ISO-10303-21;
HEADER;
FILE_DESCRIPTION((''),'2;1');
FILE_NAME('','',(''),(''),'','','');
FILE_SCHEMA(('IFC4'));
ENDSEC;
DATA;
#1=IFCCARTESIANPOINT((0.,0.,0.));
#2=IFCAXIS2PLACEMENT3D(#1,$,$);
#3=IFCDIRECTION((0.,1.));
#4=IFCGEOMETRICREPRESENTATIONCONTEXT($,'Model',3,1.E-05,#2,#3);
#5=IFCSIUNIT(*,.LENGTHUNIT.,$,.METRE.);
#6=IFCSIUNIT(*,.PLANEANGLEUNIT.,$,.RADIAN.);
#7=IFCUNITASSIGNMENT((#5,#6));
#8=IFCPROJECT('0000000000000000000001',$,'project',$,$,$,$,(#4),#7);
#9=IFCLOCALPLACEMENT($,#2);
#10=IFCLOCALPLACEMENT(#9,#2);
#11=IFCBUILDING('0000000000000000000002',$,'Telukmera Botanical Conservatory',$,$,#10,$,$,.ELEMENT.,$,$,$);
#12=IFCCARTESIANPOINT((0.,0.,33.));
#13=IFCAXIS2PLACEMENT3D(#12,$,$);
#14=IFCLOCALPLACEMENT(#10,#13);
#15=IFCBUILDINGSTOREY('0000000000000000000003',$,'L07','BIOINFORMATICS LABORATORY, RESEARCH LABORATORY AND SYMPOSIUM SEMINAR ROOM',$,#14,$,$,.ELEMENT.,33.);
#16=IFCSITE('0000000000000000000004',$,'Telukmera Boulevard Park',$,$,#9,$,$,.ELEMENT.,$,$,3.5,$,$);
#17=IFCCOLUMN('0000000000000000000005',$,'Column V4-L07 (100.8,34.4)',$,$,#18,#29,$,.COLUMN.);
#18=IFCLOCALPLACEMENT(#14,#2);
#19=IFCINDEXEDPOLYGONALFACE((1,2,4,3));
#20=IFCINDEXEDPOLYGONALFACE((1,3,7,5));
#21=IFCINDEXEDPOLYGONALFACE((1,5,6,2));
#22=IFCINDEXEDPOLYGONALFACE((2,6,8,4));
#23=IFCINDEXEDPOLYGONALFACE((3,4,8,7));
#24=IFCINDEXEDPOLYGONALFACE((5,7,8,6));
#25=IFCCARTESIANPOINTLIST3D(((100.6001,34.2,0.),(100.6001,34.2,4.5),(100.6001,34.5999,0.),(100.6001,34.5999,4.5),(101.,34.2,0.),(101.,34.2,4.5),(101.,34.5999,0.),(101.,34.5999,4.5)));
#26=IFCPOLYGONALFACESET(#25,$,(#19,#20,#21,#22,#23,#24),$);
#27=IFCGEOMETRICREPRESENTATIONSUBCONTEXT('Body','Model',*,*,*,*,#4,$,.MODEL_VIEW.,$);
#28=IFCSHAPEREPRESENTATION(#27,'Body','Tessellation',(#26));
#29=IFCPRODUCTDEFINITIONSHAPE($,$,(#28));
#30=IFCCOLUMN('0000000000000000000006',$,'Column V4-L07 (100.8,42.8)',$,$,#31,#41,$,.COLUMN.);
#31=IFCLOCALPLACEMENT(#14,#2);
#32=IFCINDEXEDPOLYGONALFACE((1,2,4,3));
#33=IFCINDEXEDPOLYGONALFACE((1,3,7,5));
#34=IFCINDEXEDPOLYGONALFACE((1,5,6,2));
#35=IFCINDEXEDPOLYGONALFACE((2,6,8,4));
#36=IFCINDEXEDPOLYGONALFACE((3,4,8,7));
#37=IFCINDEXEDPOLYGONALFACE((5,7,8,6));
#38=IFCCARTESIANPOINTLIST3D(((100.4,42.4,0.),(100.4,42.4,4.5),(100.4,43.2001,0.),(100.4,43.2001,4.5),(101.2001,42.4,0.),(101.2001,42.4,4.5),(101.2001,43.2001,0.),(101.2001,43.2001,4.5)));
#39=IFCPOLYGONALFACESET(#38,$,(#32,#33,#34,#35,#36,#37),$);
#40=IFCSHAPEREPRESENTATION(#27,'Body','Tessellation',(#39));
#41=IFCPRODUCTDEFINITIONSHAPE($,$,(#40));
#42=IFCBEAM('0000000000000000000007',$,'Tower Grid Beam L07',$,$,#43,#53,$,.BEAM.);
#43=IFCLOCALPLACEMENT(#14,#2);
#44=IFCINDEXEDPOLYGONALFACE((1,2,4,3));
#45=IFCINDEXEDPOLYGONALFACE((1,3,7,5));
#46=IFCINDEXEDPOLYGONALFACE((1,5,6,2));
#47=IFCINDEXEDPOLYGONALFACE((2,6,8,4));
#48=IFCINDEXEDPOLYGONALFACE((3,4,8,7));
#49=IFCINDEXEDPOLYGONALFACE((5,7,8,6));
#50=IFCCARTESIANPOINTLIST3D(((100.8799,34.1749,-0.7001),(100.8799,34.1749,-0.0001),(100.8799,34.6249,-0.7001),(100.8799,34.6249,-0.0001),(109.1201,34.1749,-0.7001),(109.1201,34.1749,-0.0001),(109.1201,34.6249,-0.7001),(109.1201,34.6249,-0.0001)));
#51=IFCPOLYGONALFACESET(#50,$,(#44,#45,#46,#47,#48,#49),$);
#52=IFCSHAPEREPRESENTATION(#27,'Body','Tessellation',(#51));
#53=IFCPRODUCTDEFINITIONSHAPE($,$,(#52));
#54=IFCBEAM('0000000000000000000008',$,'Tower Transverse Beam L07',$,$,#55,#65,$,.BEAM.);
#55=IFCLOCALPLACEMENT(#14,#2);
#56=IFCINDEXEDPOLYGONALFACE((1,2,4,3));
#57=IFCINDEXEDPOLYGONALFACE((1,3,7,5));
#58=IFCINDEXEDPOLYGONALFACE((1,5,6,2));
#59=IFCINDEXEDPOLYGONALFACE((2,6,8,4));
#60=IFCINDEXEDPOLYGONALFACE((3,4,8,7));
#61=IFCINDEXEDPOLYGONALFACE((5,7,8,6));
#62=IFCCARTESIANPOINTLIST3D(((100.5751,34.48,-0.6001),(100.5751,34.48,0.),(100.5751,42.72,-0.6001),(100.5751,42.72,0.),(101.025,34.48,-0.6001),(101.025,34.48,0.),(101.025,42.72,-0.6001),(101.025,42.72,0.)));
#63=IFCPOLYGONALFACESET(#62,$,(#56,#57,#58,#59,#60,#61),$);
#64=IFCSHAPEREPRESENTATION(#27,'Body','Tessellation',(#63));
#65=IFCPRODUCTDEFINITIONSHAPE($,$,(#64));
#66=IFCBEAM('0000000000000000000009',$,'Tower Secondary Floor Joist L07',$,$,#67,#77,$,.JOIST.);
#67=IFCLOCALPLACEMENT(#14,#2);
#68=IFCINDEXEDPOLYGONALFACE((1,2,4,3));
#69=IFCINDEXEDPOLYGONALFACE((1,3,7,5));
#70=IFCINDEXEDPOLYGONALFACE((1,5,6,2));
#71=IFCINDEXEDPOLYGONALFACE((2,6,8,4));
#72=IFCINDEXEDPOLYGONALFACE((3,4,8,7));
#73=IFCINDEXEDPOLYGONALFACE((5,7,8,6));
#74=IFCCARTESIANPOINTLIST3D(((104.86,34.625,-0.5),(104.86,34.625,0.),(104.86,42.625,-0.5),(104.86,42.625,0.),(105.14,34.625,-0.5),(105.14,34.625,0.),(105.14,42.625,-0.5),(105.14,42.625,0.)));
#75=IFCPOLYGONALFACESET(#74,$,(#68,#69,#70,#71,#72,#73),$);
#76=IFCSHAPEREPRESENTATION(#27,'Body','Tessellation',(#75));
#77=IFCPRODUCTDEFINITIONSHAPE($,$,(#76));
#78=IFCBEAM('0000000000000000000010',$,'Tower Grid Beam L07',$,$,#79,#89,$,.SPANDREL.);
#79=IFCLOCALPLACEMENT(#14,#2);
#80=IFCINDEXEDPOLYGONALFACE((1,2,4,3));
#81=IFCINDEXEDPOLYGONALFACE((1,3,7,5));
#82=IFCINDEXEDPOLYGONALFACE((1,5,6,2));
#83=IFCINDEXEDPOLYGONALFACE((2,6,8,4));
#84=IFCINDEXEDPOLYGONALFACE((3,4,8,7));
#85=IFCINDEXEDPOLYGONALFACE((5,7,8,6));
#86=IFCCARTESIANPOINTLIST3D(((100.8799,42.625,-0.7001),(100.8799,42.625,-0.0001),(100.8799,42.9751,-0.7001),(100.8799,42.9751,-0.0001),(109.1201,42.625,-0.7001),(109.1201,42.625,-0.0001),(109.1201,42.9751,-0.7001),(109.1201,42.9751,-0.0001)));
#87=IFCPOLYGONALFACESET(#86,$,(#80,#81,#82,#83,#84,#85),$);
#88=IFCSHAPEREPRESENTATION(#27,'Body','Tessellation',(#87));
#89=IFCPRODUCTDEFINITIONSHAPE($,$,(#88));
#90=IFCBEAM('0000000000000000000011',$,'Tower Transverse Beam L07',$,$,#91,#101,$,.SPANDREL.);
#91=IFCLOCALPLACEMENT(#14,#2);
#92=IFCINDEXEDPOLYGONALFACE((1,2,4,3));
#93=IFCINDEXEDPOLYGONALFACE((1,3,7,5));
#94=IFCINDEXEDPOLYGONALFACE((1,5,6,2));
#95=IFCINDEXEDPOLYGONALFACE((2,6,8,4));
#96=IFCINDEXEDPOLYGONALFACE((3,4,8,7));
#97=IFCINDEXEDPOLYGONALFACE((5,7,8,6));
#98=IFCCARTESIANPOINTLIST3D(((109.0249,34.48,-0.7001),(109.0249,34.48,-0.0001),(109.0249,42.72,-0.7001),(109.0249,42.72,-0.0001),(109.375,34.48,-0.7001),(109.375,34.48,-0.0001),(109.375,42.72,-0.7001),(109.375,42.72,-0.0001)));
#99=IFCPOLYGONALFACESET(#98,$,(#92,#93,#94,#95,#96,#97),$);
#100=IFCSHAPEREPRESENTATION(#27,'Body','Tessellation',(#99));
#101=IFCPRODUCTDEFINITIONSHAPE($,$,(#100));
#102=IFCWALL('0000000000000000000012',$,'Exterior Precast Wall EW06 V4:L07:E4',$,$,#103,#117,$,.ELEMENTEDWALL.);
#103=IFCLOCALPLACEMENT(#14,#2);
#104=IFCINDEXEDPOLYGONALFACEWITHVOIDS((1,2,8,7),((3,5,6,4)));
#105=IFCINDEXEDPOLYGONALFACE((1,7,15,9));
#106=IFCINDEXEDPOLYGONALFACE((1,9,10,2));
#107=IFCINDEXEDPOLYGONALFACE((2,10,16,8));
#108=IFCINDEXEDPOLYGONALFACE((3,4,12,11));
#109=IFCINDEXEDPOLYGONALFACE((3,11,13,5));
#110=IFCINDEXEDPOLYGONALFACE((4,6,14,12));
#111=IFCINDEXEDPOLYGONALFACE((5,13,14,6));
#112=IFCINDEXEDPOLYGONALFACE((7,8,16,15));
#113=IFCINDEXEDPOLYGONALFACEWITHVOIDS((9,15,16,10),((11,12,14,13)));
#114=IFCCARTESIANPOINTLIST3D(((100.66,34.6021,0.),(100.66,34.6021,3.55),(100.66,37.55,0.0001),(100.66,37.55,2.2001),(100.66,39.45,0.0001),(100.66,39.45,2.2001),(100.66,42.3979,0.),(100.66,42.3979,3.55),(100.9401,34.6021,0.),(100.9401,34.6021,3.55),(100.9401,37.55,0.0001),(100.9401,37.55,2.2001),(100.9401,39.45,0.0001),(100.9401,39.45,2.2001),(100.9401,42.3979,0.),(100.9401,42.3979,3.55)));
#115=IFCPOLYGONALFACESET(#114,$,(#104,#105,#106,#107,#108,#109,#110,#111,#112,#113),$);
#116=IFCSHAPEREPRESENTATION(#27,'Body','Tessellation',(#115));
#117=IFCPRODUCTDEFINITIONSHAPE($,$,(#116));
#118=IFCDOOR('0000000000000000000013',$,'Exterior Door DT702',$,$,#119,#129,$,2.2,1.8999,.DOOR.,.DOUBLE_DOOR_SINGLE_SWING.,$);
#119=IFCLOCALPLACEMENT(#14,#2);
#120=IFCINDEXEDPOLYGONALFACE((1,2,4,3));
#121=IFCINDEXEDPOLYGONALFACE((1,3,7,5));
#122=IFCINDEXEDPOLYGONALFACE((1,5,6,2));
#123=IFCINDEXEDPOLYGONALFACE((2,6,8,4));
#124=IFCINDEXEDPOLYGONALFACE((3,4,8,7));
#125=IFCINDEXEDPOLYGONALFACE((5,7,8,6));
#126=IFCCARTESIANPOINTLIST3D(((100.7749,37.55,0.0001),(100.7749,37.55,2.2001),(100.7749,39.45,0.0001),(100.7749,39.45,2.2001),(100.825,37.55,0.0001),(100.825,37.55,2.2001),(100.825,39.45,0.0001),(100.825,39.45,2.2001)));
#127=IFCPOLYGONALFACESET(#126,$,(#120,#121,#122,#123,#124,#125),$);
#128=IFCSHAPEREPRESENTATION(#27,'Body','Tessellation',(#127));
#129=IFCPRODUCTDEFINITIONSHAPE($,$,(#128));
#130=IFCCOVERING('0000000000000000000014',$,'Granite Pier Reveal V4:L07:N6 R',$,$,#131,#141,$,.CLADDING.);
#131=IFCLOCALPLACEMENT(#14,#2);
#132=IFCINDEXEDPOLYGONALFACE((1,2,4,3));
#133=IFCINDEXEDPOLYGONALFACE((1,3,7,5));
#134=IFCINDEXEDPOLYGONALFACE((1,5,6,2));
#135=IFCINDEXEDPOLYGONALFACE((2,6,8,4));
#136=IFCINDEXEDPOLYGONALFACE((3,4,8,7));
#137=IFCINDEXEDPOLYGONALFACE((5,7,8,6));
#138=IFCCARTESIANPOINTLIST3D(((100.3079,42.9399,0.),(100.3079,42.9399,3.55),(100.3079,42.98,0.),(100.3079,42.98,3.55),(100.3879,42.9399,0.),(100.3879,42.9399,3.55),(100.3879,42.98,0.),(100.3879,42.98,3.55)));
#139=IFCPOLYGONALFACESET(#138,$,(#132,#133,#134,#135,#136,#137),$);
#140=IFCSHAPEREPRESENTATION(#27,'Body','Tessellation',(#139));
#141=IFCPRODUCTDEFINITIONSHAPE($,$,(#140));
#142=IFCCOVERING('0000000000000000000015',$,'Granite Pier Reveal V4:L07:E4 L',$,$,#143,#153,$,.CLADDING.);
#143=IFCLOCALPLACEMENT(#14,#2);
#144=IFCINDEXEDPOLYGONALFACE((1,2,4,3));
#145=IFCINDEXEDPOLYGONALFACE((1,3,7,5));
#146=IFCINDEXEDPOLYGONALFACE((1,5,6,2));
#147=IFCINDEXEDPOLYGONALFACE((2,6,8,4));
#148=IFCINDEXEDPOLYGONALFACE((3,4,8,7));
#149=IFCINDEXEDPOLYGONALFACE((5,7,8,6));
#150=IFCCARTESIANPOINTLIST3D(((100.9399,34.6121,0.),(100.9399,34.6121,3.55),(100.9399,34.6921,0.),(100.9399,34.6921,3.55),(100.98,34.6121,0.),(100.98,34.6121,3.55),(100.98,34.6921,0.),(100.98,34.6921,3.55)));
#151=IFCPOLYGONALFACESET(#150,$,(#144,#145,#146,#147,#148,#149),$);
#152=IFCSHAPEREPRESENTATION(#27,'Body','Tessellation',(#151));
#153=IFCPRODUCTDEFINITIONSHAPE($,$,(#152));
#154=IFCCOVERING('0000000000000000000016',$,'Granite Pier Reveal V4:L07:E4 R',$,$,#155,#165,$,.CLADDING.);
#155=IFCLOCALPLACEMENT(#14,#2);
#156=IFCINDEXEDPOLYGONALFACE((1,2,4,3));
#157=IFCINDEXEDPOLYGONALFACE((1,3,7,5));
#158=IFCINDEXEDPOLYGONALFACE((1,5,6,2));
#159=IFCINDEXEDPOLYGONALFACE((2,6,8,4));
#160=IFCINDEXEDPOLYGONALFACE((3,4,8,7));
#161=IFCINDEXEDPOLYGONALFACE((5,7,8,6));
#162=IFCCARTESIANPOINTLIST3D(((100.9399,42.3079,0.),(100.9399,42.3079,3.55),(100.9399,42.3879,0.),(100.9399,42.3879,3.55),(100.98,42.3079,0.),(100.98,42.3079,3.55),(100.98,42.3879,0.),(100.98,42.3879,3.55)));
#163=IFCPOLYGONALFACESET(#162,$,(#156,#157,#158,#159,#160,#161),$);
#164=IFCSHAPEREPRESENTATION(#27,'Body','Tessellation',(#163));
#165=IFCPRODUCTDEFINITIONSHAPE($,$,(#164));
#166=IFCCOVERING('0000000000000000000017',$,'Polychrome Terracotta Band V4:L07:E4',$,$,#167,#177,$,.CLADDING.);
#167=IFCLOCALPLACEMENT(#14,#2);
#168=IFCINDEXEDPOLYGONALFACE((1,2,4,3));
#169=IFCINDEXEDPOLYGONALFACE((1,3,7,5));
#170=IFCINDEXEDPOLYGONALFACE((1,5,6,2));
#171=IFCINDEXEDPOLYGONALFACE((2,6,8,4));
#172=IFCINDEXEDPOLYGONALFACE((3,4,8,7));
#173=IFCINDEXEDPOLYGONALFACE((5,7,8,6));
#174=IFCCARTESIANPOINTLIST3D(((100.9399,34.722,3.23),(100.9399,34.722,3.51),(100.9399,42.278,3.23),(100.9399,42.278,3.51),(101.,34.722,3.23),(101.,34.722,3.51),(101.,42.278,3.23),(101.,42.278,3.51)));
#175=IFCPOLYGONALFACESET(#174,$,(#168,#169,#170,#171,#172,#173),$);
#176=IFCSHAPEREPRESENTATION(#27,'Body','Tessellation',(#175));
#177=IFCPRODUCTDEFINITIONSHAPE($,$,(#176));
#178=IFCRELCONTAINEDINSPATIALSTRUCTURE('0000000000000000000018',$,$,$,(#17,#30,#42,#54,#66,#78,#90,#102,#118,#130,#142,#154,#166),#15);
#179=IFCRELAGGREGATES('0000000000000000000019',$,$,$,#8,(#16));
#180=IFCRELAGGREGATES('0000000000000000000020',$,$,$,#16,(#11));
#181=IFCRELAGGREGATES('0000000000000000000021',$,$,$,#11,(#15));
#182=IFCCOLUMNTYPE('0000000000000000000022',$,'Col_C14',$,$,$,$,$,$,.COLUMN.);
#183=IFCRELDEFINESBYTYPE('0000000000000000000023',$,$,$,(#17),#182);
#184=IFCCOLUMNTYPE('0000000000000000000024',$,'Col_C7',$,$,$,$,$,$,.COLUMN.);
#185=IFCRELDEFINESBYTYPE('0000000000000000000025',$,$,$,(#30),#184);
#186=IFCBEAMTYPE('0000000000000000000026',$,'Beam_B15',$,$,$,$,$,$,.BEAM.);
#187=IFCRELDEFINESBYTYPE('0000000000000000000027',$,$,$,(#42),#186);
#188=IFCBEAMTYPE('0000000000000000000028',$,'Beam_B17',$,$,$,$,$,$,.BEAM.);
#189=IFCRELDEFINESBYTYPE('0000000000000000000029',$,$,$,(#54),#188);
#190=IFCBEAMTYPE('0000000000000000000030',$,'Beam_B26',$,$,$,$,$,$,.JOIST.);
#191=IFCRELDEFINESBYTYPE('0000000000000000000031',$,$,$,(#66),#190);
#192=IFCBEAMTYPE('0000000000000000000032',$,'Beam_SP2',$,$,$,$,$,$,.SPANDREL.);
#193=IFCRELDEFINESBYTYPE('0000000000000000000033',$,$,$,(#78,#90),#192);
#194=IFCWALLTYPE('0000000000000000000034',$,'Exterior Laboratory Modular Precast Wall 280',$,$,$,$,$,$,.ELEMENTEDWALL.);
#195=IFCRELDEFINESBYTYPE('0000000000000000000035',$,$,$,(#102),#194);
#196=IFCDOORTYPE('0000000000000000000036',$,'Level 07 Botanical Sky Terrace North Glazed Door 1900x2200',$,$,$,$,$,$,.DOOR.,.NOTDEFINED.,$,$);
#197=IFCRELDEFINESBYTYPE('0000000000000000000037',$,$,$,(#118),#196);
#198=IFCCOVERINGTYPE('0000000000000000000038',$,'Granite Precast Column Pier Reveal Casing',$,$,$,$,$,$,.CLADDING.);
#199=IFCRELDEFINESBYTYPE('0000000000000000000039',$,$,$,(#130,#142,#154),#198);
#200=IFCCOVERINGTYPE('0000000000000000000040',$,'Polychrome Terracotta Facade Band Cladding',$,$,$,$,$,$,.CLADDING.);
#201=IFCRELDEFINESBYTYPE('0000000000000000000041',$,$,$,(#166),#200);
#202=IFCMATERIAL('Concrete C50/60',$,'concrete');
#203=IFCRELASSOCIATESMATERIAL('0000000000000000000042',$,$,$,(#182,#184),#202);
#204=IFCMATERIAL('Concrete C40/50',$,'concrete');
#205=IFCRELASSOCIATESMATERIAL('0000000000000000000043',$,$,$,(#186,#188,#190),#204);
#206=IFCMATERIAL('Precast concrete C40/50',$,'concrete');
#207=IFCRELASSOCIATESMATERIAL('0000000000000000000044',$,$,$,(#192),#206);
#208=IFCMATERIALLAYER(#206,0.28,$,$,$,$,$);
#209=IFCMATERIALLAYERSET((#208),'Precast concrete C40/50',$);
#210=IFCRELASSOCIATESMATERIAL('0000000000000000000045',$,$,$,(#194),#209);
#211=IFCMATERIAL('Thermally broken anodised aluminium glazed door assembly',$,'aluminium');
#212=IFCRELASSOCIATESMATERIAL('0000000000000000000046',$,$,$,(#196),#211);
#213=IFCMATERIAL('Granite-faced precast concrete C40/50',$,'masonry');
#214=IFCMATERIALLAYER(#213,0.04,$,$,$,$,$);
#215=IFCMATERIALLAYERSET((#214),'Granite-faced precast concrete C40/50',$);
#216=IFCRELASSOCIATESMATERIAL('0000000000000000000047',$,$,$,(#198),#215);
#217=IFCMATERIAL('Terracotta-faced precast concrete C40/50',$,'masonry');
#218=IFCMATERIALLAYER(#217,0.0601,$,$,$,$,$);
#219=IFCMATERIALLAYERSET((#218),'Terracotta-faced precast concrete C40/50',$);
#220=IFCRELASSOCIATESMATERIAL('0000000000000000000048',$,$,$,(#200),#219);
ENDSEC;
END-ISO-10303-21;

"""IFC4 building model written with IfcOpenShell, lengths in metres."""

from ifc_helpers import new_model, si_unit, direction, frame, frame_2d, origin, origin_2d, place, context, subcontext, project, spatial, rectangle, extrude, material, layer, layer_set, material_profile, profile_set, type_object, element, fill, save


model = new_model("IFC4")

# Units and contexts
model_context = context("Model", 3, precision=1e-05, world=origin(), true_north=direction((0.0, 1.0)))
body_context = subcontext(model_context, "Body", "Model", "MODEL_VIEW")
ifc_project = project(units=[si_unit("LENGTHUNIT", "METRE"), si_unit("PLANEANGLEUNIT", "RADIAN")], contexts=[model_context])

# Site, building, storey
site_placement = place(None, origin())
site = spatial("IfcSite", under=ifc_project, at=site_placement, Name="Telukmera Boulevard Park", CompositionType="ELEMENT", RefElevation=3.5)
building_placement = place(site_placement, origin())
building = spatial("IfcBuilding", under=site, at=building_placement, Name="Telukmera Botanical Conservatory", CompositionType="ELEMENT")
storey_placement = place(building_placement, frame((0.0, 0.0, 33.0)))
storey = spatial("IfcBuildingStorey", under=building, at=storey_placement, Name="L07", Description="BIOINFORMATICS LABORATORY, RESEARCH LABORATORY AND SYMPOSIUM SEMINAR ROOM", CompositionType="ELEMENT", Elevation=33.0)

# Columns
ifc_material_1 = material(Name="Concrete C50/60", Category="concrete")
ifc_material_profile_1 = material_profile(ifc_material_1, rectangle(XDim=0.3999, YDim=0.3999, at=origin_2d()), Name="RC 400x400")
ifc_profile_set_1 = profile_set([ifc_material_profile_1], Name="Concrete C50/60")
column_type_1 = type_object("IfcColumnType", Name="Col_C14", PredefinedType="COLUMN", material=ifc_profile_set_1)
column_1_placement = place(storey_placement, frame((100.8, 34.3999, 0.0), z_axis=(0.0, 0.0, 1.0), x_axis=(1.0, 0.0, 0.0)))
element("IfcColumn", 1, at=column_1_placement, inside=storey, type_object=column_type_1, Name="Column V4-L07 (100.8,34.4)", PredefinedType="COLUMN", context=body_context, shape_type="SweptSolid", body=[
    extrude(rectangle(XDim=0.3999, YDim=0.3999, at=origin_2d()), origin(), (0.0, 0.0, 1.0), 4.5),
])
ifc_material_profile_2 = material_profile(ifc_material_1, rectangle(XDim=0.8, YDim=0.8, at=origin_2d()), Name="RC 800x800")
ifc_profile_set_2 = profile_set([ifc_material_profile_2], Name="Concrete C50/60")
column_type_2 = type_object("IfcColumnType", Name="Col_C7", PredefinedType="COLUMN", material=ifc_profile_set_2)
column_2_placement = place(storey_placement, frame((100.8, 42.8, 0.0), z_axis=(0.0, 0.0, 1.0), x_axis=(1.0, 0.0, 0.0)))
element("IfcColumn", 2, at=column_2_placement, inside=storey, type_object=column_type_2, Name="Column V4-L07 (100.8,42.8)", PredefinedType="COLUMN", context=body_context, shape_type="SweptSolid", body=[
    extrude(rectangle(XDim=0.8, YDim=0.8, at=origin_2d()), origin(), (0.0, 0.0, 1.0), 4.5),
])

# Beams
ifc_material_2 = material(Name="Concrete C40/50", Category="concrete")
ifc_material_profile_3 = material_profile(ifc_material_2, rectangle(XDim=0.45, YDim=0.7, at=origin_2d()), Name="RC 450x700")
ifc_profile_set_3 = profile_set([ifc_material_profile_3], Name="Concrete C40/50")
beam_type_1 = type_object("IfcBeamType", Name="Beam_B15", PredefinedType="BEAM", material=ifc_profile_set_3)
beam_1_placement = place(storey_placement, frame((100.8799, 34.3999, -0.3501), z_axis=(1.0, 0.0, 0.0), x_axis=(0.0, 1.0, 0.0)))
element("IfcBeam", 3, at=beam_1_placement, inside=storey, type_object=beam_type_1, Name="Tower Grid Beam L07", PredefinedType="BEAM", context=body_context, shape_type="SweptSolid", body=[
    extrude(rectangle(XDim=0.45, YDim=0.7, at=origin_2d()), origin(), (0.0, 0.0, 1.0), 8.2402),
])
ifc_material_profile_4 = material_profile(ifc_material_2, rectangle(XDim=0.45, YDim=0.6001, at=origin_2d()), Name="RC 450x600")
ifc_profile_set_4 = profile_set([ifc_material_profile_4], Name="Concrete C40/50")
beam_type_2 = type_object("IfcBeamType", Name="Beam_B17", PredefinedType="BEAM", material=ifc_profile_set_4)
beam_2_placement = place(storey_placement, frame((100.8, 34.48, -0.3), z_axis=(0.0, 1.0, 0.0), x_axis=(-1.0, 0.0, 0.0)))
element("IfcBeam", 4, at=beam_2_placement, inside=storey, type_object=beam_type_2, Name="Tower Transverse Beam L07", PredefinedType="BEAM", context=body_context, shape_type="SweptSolid", body=[
    extrude(rectangle(XDim=0.45, YDim=0.6001, at=origin_2d()), origin(), (0.0, 0.0, 1.0), 8.24),
])
ifc_material_profile_5 = material_profile(ifc_material_2, rectangle(XDim=0.28, YDim=0.5, at=origin_2d()), Name="RC 280x500")
ifc_profile_set_5 = profile_set([ifc_material_profile_5], Name="Concrete C40/50")
beam_type_3 = type_object("IfcBeamType", Name="Beam_B26", PredefinedType="JOIST", material=ifc_profile_set_5)
beam_3_placement = place(storey_placement, frame((105.0, 34.625, -0.25), z_axis=(0.0, 1.0, 0.0), x_axis=(-1.0, 0.0, 0.0)))
element("IfcBeam", 5, at=beam_3_placement, inside=storey, type_object=beam_type_3, Name="Tower Secondary Floor Joist L07", PredefinedType="JOIST", context=body_context, shape_type="SweptSolid", body=[
    extrude(rectangle(XDim=0.28, YDim=0.5, at=origin_2d()), origin(), (0.0, 0.0, 1.0), 8.0),
])
ifc_material_3 = material(Name="Precast concrete C40/50", Category="concrete")
ifc_material_profile_6 = material_profile(ifc_material_3, rectangle(XDim=0.3501, YDim=0.7, at=origin_2d()), Name="PC 350x700")
ifc_profile_set_6 = profile_set([ifc_material_profile_6], Name="Precast concrete C40/50")
beam_type_4 = type_object("IfcBeamType", Name="Beam_SP2", PredefinedType="SPANDREL", material=ifc_profile_set_6)
beam_4_placement = place(storey_placement, frame((100.8799, 42.8, -0.3501), z_axis=(1.0, 0.0, 0.0), x_axis=(0.0, 1.0, 0.0)))
element("IfcBeam", 6, at=beam_4_placement, inside=storey, type_object=beam_type_4, Name="Tower Grid Beam L07", PredefinedType="SPANDREL", context=body_context, shape_type="SweptSolid", body=[
    extrude(rectangle(XDim=0.3501, YDim=0.7, at=origin_2d()), origin(), (0.0, 0.0, 1.0), 8.2402),
])
beam_5_placement = place(storey_placement, frame((109.2, 34.48, -0.3501), z_axis=(0.0, 1.0, 0.0), x_axis=(-1.0, 0.0, 0.0)))
element("IfcBeam", 7, at=beam_5_placement, inside=storey, type_object=beam_type_4, Name="Tower Transverse Beam L07", PredefinedType="SPANDREL", context=body_context, shape_type="SweptSolid", body=[
    extrude(rectangle(XDim=0.3501, YDim=0.7, at=origin_2d()), origin(), (0.0, 0.0, 1.0), 8.24),
])

# Wall, opening, door
ifc_layer_1 = layer(ifc_material_3, 0.28)
ifc_layer_set_1 = layer_set([ifc_layer_1], Name="Precast concrete C40/50")
wall_type = type_object("IfcWallType", Name="Exterior Laboratory Modular Precast Wall 280", PredefinedType="ELEMENTEDWALL", material=ifc_layer_set_1)
wall_placement = place(storey_placement, frame((100.8, 34.6021, 0.0), z_axis=(0.0, 0.0, 1.0), x_axis=(0.0, 1.0, 0.0)))
wall = element("IfcWall", 8, at=wall_placement, inside=storey, type_object=wall_type, Name="Exterior Precast Wall EW06 V4:L07:E4", PredefinedType="ELEMENTEDWALL", context=body_context, shape_type="SweptSolid", body=[
    extrude(rectangle(XDim=7.7959, YDim=0.28, at=frame_2d((3.8979, 0.0))), origin(), (0.0, 0.0, 1.0), 3.55),
])
opening_placement = place(wall_placement, frame((2.948, 0.0, 0.0)))
opening = element("IfcOpeningElement", 9, at=opening_placement, cuts=wall, PredefinedType="OPENING", context=body_context, shape_type="SweptSolid", body=[
    extrude(rectangle(XDim=1.8999, YDim=2.2, at=frame_2d((0.95, 1.1001))), frame((0.0, 0.1499, 0.0), z_axis=(0.0, -1.0, 0.0), x_axis=(1.0, 0.0, 0.0)), (0.0, 0.0, 1.0), 0.3),
])
ifc_material_4 = material(Name="Thermally broken anodised aluminium glazed door assembly", Category="aluminium")
door_type = type_object("IfcDoorType", Name="Level 07 Botanical Sky Terrace North Glazed Door 1900x2200", OperationType="NOTDEFINED", PredefinedType="DOOR", material=ifc_material_4)
door_placement = place(opening_placement, frame((1.8999, 0.0, 0.0), z_axis=(0.0, 0.0, 1.0), x_axis=(-1.0, 0.0, 0.0)))
door = element("IfcDoor", 10, at=door_placement, inside=storey, type_object=door_type, Name="Exterior Door DT702", OperationType="DOUBLE_DOOR_SINGLE_SWING", OverallHeight=2.2, OverallWidth=1.8999, PredefinedType="DOOR", context=body_context, shape_type="SweptSolid", body=[
    extrude(rectangle(XDim=1.8999, YDim=2.2, at=frame_2d((0.95, 1.1001))), frame((0.0, 0.0249, 0.0), z_axis=(0.0, -1.0, 0.0), x_axis=(1.0, 0.0, 0.0)), (0.0, 0.0, 1.0), 0.05),
])
fill(opening, door)

# Coverings
ifc_material_5 = material(Name="Granite-faced precast concrete C40/50", Category="masonry")
ifc_layer_2 = layer(ifc_material_5, 0.04)
ifc_layer_set_2 = layer_set([ifc_layer_2], Name="Granite-faced precast concrete C40/50")
covering_type_1 = type_object("IfcCoveringType", Name="Granite Precast Column Pier Reveal Casing", PredefinedType="CLADDING", material=ifc_layer_set_2)
for number, where, z_axis, x_axis, name in (
    (11, (100.3479, 42.96, 0.0), (0.0, 0.0, 1.0), (1.0, 0.0, 0.0), "Granite Pier Reveal V4:L07:N6 R"),
    (12, (100.96, 34.6521, 0.0), (0.0, 0.0, 1.0), (0.0, 1.0, 0.0), "Granite Pier Reveal V4:L07:E4 L"),
    (13, (100.96, 42.3479, 0.0), (0.0, 0.0, 1.0), (0.0, 1.0, 0.0), "Granite Pier Reveal V4:L07:E4 R"),
):
    element("IfcCovering", number, at=place(storey_placement, frame(where, z_axis=z_axis, x_axis=x_axis)), inside=storey, type_object=covering_type_1, Name=name, PredefinedType="CLADDING", context=body_context, shape_type="SweptSolid", body=[
        extrude(rectangle(XDim=0.0801, YDim=0.04, at=origin_2d()), origin(), (0.0, 0.0, 1.0), 3.55),
    ])
ifc_material_6 = material(Name="Terracotta-faced precast concrete C40/50", Category="masonry")
ifc_layer_3 = layer(ifc_material_6, 0.0601)
ifc_layer_set_3 = layer_set([ifc_layer_3], Name="Terracotta-faced precast concrete C40/50")
covering_type_2 = type_object("IfcCoveringType", Name="Polychrome Terracotta Facade Band Cladding", PredefinedType="CLADDING", material=ifc_layer_set_3)
covering_1_placement = place(storey_placement, frame((100.97, 38.5, 3.23), z_axis=(0.0, 0.0, 1.0), x_axis=(0.0, 1.0, 0.0)))
element("IfcCovering", 14, at=covering_1_placement, inside=storey, type_object=covering_type_2, Name="Polychrome Terracotta Band V4:L07:E4", PredefinedType="CLADDING", context=body_context, shape_type="SweptSolid", body=[
    extrude(rectangle(XDim=7.5559, YDim=0.0601, at=origin_2d()), origin(), (0.0, 0.0, 1.0), 0.28),
])

save(model, "model.ifc")
